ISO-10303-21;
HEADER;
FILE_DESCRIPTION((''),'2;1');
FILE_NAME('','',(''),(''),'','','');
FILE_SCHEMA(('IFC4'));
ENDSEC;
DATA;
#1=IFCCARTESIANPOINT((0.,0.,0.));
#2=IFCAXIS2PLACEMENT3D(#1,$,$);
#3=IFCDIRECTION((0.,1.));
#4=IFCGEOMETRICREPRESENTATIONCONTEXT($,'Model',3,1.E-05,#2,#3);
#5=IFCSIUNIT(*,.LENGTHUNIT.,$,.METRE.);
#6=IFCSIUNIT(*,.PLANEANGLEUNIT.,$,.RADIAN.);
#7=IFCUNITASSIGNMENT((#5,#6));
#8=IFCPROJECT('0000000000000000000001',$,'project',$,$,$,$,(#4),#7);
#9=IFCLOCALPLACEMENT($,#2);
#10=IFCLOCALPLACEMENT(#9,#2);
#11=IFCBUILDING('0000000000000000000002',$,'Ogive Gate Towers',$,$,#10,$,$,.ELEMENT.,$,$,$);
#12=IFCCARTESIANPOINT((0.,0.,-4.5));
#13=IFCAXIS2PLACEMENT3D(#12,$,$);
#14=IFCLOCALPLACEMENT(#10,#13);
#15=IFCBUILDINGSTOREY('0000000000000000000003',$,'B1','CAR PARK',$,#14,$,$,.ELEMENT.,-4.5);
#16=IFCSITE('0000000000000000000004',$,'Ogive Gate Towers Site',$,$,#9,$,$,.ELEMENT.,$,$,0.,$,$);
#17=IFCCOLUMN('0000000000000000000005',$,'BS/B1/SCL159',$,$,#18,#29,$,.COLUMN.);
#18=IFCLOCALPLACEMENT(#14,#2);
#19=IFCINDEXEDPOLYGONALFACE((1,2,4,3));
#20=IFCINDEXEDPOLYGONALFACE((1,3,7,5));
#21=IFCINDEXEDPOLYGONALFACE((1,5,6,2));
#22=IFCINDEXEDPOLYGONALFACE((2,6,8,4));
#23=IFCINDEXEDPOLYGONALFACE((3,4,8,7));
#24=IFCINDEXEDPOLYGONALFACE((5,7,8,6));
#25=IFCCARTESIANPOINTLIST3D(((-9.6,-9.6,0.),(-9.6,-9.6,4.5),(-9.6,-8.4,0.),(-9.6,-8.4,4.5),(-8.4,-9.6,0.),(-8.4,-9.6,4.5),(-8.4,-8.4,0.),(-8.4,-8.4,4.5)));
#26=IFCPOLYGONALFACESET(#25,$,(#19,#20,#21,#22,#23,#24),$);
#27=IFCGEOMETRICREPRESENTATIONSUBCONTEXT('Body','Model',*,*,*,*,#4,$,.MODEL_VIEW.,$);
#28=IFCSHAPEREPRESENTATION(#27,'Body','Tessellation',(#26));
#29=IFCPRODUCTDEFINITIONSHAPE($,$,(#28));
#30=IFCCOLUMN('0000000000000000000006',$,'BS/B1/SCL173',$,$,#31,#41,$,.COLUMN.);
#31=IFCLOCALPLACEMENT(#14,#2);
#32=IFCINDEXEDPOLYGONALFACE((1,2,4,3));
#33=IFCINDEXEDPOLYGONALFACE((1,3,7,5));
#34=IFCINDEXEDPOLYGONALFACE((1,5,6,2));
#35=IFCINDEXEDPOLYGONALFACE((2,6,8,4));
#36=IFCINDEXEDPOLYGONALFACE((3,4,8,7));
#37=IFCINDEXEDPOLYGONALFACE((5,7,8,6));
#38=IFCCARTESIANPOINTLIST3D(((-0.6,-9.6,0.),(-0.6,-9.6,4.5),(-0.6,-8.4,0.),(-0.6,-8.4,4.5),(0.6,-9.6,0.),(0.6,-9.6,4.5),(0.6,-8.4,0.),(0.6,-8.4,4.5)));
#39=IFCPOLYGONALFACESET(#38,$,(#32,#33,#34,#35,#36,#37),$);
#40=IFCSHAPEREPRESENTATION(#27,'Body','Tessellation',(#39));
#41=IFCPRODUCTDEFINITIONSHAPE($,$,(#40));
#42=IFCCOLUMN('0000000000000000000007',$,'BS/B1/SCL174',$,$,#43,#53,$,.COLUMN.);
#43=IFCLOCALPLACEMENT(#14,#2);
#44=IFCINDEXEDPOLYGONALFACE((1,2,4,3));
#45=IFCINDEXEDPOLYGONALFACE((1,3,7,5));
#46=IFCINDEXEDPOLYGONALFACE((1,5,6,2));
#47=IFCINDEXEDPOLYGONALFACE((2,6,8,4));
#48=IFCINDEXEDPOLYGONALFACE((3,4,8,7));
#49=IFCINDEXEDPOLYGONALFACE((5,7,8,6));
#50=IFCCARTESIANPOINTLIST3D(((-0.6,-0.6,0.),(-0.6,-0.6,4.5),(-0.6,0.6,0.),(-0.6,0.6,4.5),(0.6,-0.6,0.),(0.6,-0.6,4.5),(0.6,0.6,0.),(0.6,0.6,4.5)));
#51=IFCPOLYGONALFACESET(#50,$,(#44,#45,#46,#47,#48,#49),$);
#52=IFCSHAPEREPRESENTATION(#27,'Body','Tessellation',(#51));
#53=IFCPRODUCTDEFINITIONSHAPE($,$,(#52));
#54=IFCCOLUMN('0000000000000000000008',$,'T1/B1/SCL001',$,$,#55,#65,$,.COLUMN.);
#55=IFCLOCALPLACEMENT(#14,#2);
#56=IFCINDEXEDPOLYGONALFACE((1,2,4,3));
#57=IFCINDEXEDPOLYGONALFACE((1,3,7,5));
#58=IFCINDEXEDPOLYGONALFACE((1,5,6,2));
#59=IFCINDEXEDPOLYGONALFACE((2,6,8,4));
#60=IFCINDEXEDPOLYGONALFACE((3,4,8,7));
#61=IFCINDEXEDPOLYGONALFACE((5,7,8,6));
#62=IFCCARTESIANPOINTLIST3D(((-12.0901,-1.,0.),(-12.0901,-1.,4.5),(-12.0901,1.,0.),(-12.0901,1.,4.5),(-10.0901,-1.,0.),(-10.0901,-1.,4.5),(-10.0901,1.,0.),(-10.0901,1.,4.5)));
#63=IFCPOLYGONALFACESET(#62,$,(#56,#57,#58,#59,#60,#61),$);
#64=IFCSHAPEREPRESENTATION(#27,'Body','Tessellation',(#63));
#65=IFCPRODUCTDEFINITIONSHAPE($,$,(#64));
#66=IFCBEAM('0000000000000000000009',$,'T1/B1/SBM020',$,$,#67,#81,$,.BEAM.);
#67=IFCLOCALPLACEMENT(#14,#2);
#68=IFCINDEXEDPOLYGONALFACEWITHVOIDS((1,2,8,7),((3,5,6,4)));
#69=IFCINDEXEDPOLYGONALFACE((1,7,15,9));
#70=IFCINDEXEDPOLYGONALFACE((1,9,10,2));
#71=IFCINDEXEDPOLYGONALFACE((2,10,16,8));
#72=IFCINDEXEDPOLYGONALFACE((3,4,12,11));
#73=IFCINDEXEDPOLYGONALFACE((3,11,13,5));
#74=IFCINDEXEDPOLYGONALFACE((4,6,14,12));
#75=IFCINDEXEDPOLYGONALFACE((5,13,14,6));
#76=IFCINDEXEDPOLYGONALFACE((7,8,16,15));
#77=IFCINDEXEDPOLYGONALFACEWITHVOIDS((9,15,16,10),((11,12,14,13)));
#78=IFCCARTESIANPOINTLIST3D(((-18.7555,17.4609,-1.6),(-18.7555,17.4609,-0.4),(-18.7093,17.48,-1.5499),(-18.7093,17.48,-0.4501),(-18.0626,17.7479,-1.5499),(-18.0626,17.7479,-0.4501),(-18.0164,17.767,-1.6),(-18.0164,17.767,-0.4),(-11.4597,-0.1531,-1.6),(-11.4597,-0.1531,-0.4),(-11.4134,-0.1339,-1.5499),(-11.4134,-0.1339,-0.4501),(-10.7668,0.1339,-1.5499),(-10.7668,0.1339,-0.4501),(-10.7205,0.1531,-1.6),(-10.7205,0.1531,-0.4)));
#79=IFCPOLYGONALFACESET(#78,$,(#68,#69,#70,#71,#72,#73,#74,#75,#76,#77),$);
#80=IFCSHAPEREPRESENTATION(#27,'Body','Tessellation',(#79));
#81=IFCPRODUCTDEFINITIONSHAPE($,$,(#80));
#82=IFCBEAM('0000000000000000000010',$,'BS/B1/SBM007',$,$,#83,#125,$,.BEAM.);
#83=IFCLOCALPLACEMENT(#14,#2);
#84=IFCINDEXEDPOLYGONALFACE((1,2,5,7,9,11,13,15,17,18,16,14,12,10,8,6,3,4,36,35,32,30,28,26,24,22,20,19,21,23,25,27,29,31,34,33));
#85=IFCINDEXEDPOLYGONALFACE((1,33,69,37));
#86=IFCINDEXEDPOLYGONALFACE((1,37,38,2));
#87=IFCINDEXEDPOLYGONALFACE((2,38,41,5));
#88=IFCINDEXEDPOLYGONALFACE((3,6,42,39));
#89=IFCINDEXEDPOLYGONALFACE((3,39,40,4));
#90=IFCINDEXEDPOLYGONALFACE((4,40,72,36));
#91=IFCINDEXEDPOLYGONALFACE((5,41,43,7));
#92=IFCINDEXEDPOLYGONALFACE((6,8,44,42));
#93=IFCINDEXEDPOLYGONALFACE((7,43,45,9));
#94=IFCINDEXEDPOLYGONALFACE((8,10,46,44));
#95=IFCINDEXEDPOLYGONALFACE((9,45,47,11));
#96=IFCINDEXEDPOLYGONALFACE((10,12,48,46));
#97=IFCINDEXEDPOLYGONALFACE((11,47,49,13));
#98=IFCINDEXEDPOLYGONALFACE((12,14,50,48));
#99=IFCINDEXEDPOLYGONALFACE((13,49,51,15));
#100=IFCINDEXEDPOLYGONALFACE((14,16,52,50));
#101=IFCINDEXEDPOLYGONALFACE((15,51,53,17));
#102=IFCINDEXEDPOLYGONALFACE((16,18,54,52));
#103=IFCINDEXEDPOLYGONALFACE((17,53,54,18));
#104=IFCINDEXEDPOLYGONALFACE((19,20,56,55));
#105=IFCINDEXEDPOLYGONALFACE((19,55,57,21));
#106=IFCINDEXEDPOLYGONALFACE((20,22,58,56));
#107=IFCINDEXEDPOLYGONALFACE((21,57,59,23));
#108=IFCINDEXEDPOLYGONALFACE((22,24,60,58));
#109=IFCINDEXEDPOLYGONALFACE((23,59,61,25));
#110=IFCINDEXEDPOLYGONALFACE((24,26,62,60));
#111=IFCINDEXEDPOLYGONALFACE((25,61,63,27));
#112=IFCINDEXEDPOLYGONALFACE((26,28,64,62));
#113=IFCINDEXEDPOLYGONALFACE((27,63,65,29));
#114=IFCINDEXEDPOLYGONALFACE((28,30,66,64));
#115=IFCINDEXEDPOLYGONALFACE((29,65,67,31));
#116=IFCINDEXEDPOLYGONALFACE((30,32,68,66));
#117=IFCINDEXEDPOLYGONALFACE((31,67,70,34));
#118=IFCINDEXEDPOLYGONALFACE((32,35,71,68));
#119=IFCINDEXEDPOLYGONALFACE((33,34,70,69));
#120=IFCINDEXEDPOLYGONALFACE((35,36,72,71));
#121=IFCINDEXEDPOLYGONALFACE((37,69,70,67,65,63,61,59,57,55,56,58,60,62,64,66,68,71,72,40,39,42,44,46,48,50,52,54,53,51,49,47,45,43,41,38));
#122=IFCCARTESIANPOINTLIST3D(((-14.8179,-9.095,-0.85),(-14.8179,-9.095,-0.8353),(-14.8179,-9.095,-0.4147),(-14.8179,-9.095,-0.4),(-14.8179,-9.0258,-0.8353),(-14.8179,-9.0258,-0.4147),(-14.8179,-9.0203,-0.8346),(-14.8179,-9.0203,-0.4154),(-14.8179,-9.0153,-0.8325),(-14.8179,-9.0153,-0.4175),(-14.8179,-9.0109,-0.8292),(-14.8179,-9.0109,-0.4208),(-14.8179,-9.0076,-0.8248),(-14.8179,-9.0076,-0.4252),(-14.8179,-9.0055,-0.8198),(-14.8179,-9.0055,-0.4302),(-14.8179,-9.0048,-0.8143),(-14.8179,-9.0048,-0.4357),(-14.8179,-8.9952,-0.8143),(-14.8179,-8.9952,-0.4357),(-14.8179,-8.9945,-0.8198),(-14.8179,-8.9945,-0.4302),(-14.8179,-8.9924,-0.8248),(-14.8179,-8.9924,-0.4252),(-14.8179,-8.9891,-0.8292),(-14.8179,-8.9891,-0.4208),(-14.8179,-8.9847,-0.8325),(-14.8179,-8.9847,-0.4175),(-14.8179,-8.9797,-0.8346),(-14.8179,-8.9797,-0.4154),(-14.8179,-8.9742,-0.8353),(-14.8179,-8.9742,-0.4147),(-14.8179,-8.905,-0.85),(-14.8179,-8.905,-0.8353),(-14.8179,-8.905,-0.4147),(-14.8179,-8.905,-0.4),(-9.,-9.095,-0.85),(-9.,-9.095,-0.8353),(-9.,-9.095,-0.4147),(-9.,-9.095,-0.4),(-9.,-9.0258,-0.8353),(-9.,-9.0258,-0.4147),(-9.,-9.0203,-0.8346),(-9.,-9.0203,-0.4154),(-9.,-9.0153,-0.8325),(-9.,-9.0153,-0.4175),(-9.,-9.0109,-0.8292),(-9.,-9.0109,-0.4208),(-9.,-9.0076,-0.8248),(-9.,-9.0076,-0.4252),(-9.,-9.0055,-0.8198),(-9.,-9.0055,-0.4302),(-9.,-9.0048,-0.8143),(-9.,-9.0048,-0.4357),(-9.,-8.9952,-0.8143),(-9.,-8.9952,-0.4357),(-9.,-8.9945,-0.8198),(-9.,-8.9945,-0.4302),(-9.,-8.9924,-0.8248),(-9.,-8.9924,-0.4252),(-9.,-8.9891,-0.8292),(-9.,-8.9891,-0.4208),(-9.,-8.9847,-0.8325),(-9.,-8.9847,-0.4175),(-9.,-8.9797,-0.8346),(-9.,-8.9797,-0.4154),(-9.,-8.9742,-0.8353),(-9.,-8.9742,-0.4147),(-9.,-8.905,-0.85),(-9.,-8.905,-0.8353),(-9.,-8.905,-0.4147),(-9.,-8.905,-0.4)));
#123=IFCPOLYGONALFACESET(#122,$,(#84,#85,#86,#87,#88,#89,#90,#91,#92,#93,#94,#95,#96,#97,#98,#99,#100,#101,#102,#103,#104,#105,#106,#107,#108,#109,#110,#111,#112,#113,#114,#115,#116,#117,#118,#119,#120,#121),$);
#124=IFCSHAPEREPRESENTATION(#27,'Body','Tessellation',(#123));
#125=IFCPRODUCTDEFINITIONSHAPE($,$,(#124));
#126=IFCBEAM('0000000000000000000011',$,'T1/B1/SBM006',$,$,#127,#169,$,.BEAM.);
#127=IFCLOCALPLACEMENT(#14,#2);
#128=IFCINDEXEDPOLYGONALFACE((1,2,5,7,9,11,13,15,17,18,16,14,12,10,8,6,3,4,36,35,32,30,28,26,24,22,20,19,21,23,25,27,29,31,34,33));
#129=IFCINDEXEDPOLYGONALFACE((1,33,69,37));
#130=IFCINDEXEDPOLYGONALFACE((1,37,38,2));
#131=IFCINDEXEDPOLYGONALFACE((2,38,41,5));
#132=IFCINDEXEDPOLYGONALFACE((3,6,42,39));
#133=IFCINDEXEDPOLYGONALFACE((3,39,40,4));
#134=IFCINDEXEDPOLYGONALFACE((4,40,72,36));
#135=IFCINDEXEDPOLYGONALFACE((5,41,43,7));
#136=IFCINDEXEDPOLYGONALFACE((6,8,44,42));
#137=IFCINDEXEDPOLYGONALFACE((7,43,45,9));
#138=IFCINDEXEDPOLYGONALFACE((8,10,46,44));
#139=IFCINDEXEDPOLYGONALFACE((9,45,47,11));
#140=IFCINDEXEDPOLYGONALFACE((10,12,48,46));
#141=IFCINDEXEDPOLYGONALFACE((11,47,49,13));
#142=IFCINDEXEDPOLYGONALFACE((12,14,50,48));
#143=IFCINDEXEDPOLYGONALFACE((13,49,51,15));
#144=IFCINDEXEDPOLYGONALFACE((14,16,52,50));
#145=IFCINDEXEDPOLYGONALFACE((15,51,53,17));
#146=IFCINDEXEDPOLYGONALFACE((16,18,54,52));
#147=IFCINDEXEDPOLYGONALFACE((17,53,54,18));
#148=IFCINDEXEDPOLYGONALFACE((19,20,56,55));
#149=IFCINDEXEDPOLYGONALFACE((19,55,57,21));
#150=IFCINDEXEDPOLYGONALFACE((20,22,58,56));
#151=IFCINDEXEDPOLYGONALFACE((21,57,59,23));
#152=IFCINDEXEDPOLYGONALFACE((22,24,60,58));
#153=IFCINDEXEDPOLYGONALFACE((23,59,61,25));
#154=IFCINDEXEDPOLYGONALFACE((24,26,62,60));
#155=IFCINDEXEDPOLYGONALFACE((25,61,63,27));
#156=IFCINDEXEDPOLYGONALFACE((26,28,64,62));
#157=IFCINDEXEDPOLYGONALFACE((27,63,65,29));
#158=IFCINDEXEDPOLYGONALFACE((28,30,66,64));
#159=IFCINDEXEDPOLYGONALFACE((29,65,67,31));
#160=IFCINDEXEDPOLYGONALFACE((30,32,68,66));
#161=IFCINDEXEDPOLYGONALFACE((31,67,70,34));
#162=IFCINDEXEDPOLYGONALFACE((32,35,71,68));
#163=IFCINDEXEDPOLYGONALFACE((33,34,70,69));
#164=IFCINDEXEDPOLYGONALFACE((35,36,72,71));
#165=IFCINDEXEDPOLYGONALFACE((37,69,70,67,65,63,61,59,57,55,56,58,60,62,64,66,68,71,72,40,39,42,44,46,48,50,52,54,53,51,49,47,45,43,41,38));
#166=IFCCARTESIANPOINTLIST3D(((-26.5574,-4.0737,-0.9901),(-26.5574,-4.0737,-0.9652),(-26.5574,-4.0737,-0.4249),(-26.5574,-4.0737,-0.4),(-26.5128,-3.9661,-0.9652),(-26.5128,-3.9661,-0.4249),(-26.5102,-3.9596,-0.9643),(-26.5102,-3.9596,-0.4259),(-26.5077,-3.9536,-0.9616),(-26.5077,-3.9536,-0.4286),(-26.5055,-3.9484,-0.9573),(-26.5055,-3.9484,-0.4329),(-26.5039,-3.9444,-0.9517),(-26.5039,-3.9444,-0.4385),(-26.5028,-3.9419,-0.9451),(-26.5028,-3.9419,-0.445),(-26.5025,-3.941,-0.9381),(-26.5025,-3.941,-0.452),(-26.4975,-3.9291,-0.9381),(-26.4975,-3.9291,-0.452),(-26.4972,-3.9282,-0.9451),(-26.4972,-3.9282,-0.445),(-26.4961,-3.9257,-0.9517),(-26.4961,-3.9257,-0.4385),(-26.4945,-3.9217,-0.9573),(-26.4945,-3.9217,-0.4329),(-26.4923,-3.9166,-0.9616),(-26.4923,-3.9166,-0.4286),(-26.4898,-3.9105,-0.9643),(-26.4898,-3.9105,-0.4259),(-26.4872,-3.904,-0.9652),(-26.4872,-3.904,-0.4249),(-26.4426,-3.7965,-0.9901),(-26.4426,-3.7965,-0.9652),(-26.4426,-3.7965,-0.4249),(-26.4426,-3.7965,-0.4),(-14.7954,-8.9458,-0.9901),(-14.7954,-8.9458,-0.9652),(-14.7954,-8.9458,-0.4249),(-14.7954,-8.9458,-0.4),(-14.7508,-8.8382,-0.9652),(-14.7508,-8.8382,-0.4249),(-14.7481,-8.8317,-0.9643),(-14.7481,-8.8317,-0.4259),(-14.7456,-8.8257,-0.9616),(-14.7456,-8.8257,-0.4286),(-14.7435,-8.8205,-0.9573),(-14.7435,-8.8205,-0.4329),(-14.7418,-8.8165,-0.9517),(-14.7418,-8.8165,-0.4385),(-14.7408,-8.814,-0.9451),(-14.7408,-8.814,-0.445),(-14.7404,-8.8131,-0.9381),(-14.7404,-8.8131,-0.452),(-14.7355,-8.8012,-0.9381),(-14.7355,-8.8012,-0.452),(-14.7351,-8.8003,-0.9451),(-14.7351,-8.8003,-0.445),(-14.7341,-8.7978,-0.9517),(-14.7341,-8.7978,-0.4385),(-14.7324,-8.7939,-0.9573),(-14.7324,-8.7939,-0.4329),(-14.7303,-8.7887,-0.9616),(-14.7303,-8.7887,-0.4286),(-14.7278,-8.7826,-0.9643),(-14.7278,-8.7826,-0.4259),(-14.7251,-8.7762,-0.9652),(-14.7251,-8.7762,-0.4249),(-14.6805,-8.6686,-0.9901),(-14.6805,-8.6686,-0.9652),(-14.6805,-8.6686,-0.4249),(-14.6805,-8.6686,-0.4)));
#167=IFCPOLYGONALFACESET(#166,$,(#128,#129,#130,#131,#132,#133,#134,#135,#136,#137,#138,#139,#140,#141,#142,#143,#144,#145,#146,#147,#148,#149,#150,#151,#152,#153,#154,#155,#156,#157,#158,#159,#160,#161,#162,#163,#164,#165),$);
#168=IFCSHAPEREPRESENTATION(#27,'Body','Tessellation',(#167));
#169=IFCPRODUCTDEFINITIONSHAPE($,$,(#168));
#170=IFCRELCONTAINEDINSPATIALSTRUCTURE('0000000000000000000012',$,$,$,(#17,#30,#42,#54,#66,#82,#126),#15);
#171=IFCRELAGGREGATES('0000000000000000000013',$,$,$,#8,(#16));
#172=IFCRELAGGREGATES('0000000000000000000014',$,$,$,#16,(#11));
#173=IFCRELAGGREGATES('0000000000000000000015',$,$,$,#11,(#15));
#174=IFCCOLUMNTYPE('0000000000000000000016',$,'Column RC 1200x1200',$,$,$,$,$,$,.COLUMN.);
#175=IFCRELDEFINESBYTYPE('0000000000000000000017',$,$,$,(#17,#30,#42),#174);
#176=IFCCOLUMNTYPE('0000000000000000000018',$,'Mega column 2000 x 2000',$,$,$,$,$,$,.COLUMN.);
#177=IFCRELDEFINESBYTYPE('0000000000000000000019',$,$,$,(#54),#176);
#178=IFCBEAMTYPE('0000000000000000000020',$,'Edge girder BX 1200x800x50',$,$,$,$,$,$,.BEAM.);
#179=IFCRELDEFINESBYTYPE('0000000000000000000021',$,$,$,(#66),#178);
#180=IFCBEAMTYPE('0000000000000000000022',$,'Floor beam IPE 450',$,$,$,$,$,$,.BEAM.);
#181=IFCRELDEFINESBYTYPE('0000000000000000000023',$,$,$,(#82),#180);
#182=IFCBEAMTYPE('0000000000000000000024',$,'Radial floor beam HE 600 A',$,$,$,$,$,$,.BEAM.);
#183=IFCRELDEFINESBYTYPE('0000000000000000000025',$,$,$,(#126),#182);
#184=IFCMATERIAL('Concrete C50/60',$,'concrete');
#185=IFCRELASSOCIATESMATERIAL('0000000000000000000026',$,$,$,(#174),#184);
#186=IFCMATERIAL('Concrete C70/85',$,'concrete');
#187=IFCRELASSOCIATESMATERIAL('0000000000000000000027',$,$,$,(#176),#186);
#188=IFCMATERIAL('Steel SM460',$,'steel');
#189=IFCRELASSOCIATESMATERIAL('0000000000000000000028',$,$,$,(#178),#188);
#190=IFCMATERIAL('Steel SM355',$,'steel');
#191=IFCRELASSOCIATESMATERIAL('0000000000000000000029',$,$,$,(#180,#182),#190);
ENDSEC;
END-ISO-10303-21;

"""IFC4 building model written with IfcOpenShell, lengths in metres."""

from ifc_helpers import new_model, si_unit, direction, frame, origin, origin_2d, place, context, subcontext, project, spatial, rectangle, hollow_rectangle, i_section, extrude, material, material_profile, profile_set, type_object, element, save


model = new_model("IFC4")

# Units and contexts
model_context = context("Model", 3, precision=1e-05, world=origin(), true_north=direction((0.0, 1.0)))
body_context = subcontext(model_context, "Body", "Model", "MODEL_VIEW")
ifc_project = project(units=[si_unit("LENGTHUNIT", "METRE"), si_unit("PLANEANGLEUNIT", "RADIAN")], contexts=[model_context])

# Site, building, storey
site_placement = place(None, origin())
site = spatial("IfcSite", under=ifc_project, at=site_placement, Name="Ogive Gate Towers Site", CompositionType="ELEMENT", RefElevation=0.0)
building_placement = place(site_placement, origin())
building = spatial("IfcBuilding", under=site, at=building_placement, Name="Ogive Gate Towers", CompositionType="ELEMENT")
storey_placement = place(building_placement, frame((0.0, 0.0, -4.5)))
storey = spatial("IfcBuildingStorey", under=building, at=storey_placement, Name="B1", Description="CAR PARK", CompositionType="ELEMENT", Elevation=-4.5)

# Columns
ifc_material_1 = material(Name="Concrete C50/60", Category="concrete")
ifc_material_profile_1 = material_profile(ifc_material_1, rectangle(XDim=1.2, YDim=1.2, at=origin_2d()), Name="RC 1200x1200")
ifc_profile_set_1 = profile_set([ifc_material_profile_1], Name="Concrete C50/60")
column_type_1 = type_object("IfcColumnType", Name="Column RC 1200x1200", PredefinedType="COLUMN", material=ifc_profile_set_1)
for number, where, z_axis, x_axis, name in (
    (1, (-9.0, -9.0, 0.0), (0.0, 0.0, 1.0), (1.0, 0.0, 0.0), "BS/B1/SCL159"),
    (2, (0.0, -9.0, 0.0), (0.0, 0.0, 1.0), (1.0, 0.0, 0.0), "BS/B1/SCL173"),
    (3, (0.0, 0.0, 0.0), (0.0, 0.0, 1.0), (1.0, 0.0, 0.0), "BS/B1/SCL174"),
):
    element("IfcColumn", number, at=place(storey_placement, frame(where, z_axis=z_axis, x_axis=x_axis)), inside=storey, type_object=column_type_1, Name=name, PredefinedType="COLUMN", context=body_context, shape_type="SweptSolid", body=[
        extrude(rectangle(XDim=1.2, YDim=1.2, at=origin_2d()), origin(), (0.0, 0.0, 1.0), 4.5),
    ])
ifc_material_2 = material(Name="Concrete C70/85", Category="concrete")
ifc_material_profile_2 = material_profile(ifc_material_2, rectangle(XDim=2.0, YDim=2.0, at=origin_2d()), Name="RC 2000x2000")
ifc_profile_set_2 = profile_set([ifc_material_profile_2], Name="Concrete C70/85")
column_type_2 = type_object("IfcColumnType", Name="Mega column 2000 x 2000", PredefinedType="COLUMN", material=ifc_profile_set_2)
column_placement = place(storey_placement, frame((-11.0901, 0.0, 0.0), z_axis=(0.0, 0.0, 1.0), x_axis=(1.0, 0.0, 0.0)))
element("IfcColumn", 4, at=column_placement, inside=storey, type_object=column_type_2, Name="T1/B1/SCL001", PredefinedType="COLUMN", context=body_context, shape_type="SweptSolid", body=[
    extrude(rectangle(XDim=2.0, YDim=2.0, at=origin_2d()), origin(), (0.0, 0.0, 1.0), 4.5),
])

# Beams
ifc_material_3 = material(Name="Steel SM460", Category="steel")
ifc_material_profile_3 = material_profile(ifc_material_3, hollow_rectangle(XDim=0.8, YDim=1.2, WallThickness=0.05, at=origin_2d()), Name="BX 1200x800x50")
ifc_profile_set_3 = profile_set([ifc_material_profile_3], Name="Steel SM460")
beam_type_1 = type_object("IfcBeamType", Name="Edge girder BX 1200x800x50", PredefinedType="BEAM", material=ifc_profile_set_3)
beam_1_placement = place(storey_placement, frame((-11.0901, 0.0, -1.0), z_axis=(-0.382681, 0.923881, 0.0), x_axis=(-0.923881, -0.382681, 0.0)))
element("IfcBeam", 5, at=beam_1_placement, inside=storey, type_object=beam_type_1, Name="T1/B1/SBM020", PredefinedType="BEAM", context=body_context, shape_type="SweptSolid", body=[
    extrude(hollow_rectangle(XDim=0.8, YDim=1.2, WallThickness=0.05, at=origin_2d()), origin(), (0.0, 0.0, 1.0), 19.0652),
])
ifc_material_4 = material(Name="Steel SM355", Category="steel")
ifc_material_profile_4 = material_profile(ifc_material_4, i_section(OverallWidth=0.1899, OverallDepth=0.45, WebThickness=0.0095, FlangeThickness=0.0146, FilletRadius=0.021, at=origin_2d()), Name="IPE 450")
ifc_profile_set_4 = profile_set([ifc_material_profile_4], Name="Steel SM355")
beam_type_2 = type_object("IfcBeamType", Name="Floor beam IPE 450", PredefinedType="BEAM", material=ifc_profile_set_4)
beam_2_placement = place(storey_placement, frame((-9.0, -9.0, -0.625), z_axis=(-1.0, 0.0, 0.0), x_axis=(0.0, -1.0, 0.0)))
element("IfcBeam", 6, at=beam_2_placement, inside=storey, type_object=beam_type_2, Name="BS/B1/SBM007", PredefinedType="BEAM", context=body_context, shape_type="SweptSolid", body=[
    extrude(i_section(OverallWidth=0.1899, OverallDepth=0.45, WebThickness=0.0095, FlangeThickness=0.0146, FilletRadius=0.021, at=origin_2d()), origin(), (0.0, 0.0, 1.0), 5.8179),
])
ifc_material_profile_5 = material_profile(ifc_material_4, i_section(OverallWidth=0.3, OverallDepth=0.5901, WebThickness=0.0129, FlangeThickness=0.0249, FilletRadius=0.0271, at=origin_2d()), Name="HE 600 A")
ifc_profile_set_5 = profile_set([ifc_material_profile_5], Name="Steel SM355")
beam_type_3 = type_object("IfcBeamType", Name="Radial floor beam HE 600 A", PredefinedType="BEAM", material=ifc_profile_set_5)
beam_3_placement = place(storey_placement, frame((-26.5, -3.9351, -0.6951), z_axis=(0.923877, -0.382691, 0.0), x_axis=(0.382691, 0.923877, 0.0)))
element("IfcBeam", 7, at=beam_3_placement, inside=storey, type_object=beam_type_3, Name="T1/B1/SBM006", PredefinedType="BEAM", context=body_context, shape_type="SweptSolid", body=[
    extrude(i_section(OverallWidth=0.3, OverallDepth=0.5901, WebThickness=0.0129, FlangeThickness=0.0249, FilletRadius=0.0271, at=origin_2d()), origin(), (0.0, 0.0, 1.0), 12.7312),
])

save(model, "model.ifc")
